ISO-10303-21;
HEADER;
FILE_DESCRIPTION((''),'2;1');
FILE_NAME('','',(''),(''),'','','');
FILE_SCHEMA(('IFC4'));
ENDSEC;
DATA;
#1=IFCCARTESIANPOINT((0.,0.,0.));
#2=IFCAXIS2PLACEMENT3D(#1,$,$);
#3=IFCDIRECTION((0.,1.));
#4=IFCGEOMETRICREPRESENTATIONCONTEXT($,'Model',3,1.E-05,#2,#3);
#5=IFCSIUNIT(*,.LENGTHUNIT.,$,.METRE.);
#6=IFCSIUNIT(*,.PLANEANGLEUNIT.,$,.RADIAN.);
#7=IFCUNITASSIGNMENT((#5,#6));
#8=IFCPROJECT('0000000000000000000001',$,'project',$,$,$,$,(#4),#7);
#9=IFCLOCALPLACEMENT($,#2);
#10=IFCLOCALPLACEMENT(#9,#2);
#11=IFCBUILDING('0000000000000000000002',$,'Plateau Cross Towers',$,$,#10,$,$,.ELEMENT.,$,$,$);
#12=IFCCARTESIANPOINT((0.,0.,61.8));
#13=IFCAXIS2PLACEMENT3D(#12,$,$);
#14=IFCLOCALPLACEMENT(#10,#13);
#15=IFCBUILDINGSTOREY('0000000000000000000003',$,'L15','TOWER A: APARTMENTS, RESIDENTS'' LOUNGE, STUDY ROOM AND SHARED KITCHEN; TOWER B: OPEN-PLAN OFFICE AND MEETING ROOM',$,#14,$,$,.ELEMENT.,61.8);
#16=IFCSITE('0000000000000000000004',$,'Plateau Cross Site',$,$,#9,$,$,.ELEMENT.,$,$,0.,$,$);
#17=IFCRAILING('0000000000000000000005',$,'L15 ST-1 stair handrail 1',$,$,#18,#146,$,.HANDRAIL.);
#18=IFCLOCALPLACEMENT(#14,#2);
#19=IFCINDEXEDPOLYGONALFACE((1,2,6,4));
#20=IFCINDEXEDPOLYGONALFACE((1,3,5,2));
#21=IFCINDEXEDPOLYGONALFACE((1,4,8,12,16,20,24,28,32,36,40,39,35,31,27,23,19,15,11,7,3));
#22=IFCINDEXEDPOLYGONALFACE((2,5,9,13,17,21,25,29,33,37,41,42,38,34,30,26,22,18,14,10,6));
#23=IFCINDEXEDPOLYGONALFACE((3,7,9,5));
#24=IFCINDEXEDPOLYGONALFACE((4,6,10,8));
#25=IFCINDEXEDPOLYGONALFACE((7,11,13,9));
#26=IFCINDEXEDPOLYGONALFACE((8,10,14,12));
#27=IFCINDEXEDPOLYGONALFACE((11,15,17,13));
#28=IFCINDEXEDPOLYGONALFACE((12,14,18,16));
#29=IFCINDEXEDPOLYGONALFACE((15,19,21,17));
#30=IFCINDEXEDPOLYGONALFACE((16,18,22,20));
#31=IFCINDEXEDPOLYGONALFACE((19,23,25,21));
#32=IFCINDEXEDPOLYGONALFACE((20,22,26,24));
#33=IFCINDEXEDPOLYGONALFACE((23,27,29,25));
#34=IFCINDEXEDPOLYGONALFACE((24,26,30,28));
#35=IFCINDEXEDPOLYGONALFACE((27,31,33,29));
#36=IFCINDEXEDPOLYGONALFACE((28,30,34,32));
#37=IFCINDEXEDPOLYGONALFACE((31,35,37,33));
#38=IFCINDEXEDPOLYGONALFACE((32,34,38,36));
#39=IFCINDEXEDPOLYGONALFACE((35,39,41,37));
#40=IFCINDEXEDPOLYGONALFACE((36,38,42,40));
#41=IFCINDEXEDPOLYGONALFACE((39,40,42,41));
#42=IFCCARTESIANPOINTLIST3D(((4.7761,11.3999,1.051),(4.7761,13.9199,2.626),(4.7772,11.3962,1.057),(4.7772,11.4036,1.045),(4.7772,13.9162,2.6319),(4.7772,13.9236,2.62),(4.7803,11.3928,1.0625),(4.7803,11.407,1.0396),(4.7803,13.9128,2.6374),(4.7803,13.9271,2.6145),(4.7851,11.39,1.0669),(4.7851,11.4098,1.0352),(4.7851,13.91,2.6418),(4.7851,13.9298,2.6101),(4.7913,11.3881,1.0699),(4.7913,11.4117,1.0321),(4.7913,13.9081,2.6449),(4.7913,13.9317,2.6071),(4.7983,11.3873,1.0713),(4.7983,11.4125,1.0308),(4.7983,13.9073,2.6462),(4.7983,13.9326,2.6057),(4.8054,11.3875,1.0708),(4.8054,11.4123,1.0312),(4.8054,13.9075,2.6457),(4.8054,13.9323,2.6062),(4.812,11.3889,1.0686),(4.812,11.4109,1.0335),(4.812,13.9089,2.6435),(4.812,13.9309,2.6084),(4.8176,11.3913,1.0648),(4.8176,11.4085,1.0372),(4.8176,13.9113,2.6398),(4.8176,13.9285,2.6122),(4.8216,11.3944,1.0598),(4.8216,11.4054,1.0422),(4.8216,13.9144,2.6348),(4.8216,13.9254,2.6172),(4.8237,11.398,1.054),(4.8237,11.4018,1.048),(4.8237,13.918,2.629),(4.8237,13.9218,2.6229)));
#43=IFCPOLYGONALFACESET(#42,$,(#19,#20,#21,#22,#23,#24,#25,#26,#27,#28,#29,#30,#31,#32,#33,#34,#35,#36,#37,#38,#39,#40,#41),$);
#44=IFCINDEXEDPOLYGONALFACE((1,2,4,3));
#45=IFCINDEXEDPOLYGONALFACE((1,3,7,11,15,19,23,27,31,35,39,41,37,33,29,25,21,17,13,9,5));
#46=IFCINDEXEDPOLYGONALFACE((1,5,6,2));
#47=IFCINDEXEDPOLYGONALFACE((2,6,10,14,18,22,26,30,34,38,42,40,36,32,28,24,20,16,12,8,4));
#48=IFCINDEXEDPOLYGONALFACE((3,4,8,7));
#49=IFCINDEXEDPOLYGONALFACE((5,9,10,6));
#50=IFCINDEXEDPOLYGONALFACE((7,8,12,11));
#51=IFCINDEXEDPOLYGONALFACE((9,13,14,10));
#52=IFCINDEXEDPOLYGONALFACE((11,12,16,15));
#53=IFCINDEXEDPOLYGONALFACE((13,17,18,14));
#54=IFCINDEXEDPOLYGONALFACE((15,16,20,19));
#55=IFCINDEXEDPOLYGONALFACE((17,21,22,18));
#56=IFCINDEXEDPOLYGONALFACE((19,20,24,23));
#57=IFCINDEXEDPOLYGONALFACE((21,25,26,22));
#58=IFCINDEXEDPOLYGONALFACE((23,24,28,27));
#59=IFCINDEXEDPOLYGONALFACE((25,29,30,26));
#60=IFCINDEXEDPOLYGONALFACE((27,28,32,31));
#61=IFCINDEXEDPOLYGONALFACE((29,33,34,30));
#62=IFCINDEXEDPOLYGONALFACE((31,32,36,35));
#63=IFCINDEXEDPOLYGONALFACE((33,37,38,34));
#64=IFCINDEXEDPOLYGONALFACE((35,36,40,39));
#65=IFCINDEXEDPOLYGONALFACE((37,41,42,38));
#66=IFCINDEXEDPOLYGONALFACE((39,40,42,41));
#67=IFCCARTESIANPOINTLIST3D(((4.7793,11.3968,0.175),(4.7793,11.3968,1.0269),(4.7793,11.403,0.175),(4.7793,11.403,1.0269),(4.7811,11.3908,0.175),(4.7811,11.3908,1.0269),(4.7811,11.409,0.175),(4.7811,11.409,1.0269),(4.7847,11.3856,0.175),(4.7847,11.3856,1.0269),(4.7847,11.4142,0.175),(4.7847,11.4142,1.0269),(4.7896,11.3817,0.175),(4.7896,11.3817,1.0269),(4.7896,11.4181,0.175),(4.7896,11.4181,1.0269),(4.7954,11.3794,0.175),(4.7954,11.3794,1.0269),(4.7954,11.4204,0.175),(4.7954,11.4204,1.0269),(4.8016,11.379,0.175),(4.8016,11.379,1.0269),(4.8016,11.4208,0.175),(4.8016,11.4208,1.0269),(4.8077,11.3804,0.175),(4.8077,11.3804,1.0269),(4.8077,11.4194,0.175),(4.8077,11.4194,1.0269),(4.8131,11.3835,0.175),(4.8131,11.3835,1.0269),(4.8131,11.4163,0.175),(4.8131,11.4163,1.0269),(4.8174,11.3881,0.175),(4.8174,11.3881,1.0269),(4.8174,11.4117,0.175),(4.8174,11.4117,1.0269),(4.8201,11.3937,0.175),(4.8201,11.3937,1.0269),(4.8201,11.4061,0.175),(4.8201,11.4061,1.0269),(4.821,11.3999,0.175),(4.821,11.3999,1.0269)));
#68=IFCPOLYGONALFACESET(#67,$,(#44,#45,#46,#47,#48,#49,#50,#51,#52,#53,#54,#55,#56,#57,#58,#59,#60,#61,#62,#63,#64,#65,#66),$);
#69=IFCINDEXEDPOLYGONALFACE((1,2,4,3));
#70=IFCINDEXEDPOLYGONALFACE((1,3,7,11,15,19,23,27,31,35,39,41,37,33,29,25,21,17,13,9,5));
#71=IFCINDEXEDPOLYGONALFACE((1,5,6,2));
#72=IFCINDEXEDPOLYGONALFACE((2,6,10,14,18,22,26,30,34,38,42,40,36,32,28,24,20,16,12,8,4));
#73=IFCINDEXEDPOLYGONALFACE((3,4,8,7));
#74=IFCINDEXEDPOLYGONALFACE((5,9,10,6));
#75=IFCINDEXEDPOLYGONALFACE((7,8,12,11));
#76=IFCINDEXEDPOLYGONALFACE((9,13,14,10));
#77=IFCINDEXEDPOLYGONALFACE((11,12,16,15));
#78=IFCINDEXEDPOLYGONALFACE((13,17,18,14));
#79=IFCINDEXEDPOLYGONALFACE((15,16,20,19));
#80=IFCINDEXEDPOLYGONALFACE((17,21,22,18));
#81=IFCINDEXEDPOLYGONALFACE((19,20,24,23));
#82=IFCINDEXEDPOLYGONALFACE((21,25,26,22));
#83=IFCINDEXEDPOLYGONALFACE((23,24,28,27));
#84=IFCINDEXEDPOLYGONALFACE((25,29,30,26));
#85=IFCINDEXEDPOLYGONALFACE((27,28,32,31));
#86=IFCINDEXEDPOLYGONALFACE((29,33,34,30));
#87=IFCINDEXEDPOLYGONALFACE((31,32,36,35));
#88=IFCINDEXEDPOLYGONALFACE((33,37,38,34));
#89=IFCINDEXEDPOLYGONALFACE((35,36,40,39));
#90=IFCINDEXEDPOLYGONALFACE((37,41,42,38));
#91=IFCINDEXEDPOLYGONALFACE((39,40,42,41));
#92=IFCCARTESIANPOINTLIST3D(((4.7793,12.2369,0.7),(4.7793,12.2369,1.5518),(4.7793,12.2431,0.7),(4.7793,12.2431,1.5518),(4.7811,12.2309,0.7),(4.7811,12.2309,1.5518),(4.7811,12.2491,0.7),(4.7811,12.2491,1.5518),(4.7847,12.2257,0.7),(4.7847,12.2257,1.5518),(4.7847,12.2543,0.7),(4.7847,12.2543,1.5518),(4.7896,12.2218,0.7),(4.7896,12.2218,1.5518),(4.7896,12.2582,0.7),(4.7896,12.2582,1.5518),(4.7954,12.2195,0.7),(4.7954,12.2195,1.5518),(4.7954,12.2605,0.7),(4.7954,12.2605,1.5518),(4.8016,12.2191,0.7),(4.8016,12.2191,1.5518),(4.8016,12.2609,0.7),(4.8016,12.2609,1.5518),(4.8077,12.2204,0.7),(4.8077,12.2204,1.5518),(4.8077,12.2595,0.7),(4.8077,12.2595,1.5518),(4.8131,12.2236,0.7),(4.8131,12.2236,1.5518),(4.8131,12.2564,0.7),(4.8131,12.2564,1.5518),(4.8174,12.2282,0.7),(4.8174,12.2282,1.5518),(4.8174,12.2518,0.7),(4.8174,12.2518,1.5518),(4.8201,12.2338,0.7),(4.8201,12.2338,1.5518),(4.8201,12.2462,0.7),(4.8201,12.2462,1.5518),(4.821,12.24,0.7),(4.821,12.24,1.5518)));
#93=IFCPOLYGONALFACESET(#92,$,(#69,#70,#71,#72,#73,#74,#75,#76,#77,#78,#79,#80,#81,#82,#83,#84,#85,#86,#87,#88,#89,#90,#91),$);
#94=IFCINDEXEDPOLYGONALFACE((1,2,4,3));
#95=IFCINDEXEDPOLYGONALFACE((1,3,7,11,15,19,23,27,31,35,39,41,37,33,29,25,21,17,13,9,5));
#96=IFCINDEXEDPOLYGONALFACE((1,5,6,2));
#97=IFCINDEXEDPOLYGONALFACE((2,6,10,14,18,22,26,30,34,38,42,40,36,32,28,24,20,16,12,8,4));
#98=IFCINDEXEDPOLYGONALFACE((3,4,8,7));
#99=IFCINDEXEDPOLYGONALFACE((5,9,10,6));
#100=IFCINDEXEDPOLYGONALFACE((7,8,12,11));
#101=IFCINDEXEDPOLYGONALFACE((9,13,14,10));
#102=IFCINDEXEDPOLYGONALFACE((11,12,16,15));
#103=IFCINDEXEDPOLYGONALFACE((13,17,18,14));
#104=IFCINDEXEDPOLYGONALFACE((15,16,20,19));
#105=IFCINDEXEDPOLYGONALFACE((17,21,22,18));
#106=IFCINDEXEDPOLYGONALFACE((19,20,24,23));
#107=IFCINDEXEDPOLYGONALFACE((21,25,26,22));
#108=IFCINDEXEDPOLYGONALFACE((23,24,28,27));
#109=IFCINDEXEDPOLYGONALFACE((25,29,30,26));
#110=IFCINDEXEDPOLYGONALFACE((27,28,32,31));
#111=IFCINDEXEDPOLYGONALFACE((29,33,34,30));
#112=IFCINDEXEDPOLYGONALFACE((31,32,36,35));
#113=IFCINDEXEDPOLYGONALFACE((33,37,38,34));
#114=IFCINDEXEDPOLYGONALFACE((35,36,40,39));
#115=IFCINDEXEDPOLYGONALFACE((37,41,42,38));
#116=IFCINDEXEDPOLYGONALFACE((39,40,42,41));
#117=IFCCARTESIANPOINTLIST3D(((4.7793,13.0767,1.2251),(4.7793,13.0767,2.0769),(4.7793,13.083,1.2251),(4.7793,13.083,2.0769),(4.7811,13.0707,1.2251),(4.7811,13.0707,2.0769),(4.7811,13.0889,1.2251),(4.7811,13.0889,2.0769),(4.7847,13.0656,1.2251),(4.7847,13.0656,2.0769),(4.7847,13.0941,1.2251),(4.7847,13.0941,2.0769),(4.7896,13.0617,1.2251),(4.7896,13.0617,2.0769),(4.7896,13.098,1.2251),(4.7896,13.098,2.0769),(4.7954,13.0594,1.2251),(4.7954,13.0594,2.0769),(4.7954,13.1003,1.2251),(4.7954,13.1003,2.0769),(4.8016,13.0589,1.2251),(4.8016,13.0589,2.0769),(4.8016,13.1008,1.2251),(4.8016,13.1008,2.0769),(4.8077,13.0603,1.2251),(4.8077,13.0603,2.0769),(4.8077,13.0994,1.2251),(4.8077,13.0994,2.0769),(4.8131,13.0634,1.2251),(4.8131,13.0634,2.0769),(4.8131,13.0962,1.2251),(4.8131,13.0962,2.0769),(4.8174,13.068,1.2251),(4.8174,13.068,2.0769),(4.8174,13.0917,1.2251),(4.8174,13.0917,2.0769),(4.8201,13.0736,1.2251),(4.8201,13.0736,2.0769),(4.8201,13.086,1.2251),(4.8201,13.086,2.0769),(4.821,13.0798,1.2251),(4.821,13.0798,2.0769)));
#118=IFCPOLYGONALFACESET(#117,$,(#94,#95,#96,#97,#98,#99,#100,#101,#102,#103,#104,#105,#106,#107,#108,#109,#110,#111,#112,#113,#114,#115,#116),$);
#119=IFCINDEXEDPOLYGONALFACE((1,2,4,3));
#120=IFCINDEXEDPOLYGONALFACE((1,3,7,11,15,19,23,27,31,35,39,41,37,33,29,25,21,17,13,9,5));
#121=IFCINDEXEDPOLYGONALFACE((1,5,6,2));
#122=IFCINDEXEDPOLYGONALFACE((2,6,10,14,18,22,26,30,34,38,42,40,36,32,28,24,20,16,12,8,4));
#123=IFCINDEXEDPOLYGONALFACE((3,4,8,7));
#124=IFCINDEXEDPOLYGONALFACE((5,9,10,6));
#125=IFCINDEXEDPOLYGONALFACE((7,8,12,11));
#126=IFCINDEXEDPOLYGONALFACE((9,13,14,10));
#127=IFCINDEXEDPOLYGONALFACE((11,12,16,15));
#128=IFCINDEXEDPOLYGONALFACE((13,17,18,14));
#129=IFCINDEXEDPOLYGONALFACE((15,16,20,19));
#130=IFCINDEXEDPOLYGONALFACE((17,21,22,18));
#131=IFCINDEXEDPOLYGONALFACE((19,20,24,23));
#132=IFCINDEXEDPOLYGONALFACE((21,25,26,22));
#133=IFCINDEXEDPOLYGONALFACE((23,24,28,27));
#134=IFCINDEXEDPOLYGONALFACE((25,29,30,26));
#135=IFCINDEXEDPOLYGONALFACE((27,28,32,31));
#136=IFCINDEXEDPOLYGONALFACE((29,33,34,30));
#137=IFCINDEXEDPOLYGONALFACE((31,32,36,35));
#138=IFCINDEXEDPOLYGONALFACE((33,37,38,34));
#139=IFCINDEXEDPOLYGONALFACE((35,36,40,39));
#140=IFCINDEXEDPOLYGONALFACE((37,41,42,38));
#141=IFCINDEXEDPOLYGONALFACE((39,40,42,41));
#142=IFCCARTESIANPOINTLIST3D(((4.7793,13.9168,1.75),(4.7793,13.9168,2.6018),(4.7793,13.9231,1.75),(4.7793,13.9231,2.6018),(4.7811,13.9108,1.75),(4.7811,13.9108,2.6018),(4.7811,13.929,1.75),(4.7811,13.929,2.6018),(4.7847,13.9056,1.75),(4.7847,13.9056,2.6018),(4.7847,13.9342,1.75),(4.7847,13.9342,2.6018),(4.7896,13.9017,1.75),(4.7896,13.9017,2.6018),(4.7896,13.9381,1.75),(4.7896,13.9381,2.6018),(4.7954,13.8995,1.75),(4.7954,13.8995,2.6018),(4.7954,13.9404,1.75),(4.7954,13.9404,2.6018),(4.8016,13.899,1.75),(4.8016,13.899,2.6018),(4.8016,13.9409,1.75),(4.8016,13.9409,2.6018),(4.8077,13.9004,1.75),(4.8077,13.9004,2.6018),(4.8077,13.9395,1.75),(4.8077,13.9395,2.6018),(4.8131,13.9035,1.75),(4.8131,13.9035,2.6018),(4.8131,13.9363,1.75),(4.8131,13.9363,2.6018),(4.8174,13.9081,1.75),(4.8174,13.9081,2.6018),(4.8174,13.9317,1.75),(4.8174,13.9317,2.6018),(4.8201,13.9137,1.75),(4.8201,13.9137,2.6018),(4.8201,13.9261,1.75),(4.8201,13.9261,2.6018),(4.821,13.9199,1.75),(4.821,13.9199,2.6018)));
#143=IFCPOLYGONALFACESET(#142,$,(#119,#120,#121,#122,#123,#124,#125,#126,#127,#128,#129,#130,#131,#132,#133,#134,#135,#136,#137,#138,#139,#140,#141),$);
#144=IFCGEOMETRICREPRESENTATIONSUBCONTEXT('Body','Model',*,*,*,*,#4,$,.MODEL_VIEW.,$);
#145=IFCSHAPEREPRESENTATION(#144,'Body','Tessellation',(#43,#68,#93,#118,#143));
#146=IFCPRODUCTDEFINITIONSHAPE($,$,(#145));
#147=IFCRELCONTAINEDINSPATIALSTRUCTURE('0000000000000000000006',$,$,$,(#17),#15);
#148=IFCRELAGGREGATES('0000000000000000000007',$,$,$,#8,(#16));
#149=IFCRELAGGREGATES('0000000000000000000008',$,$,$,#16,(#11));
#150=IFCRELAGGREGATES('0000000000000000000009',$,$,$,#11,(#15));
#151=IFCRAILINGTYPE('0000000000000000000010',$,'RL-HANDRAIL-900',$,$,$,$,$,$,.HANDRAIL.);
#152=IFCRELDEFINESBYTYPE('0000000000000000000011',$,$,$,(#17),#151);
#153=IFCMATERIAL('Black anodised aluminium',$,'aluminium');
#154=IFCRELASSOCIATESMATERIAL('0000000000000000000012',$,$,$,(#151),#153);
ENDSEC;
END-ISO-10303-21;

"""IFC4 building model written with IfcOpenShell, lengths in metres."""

from ifc_helpers import new_model, si_unit, direction, frame, origin, origin_2d, place, context, subcontext, project, spatial, circle, extrude, material, type_object, element, save


model = new_model("IFC4")

# Units and contexts
model_context = context("Model", 3, precision=1e-05, world=origin(), true_north=direction((0.0, 1.0)))
body_context = subcontext(model_context, "Body", "Model", "MODEL_VIEW")
ifc_project = project(units=[si_unit("LENGTHUNIT", "METRE"), si_unit("PLANEANGLEUNIT", "RADIAN")], contexts=[model_context])

# Site, building, storey
site_placement = place(None, origin())
site = spatial("IfcSite", under=ifc_project, at=site_placement, Name="Plateau Cross Site", CompositionType="ELEMENT", RefElevation=0.0)
building_placement = place(site_placement, origin())
building = spatial("IfcBuilding", under=site, at=building_placement, Name="Plateau Cross Towers", CompositionType="ELEMENT")
storey_placement = place(building_placement, frame((0.0, 0.0, 61.8)))
storey = spatial("IfcBuildingStorey", under=building, at=storey_placement, Name="L15", Description="TOWER A: APARTMENTS, RESIDENTS' LOUNGE, STUDY ROOM AND SHARED KITCHEN; TOWER B: OPEN-PLAN OFFICE AND MEETING ROOM", CompositionType="ELEMENT", Elevation=61.8)

# Shared definitions
ifc_material_1 = material(Name="Black anodised aluminium", Category="aluminium")

# Railing
railing_type_1 = type_object("IfcRailingType", Name="RL-HANDRAIL-900", PredefinedType="HANDRAIL", material=ifc_material_1)
railing_1_placement = place(storey_placement, frame((4.8, 11.3999, 0.175)))
element("IfcRailing", 1, at=railing_1_placement, inside=storey, type_object=railing_type_1, Name="L15 ST-1 stair handrail 1", PredefinedType="HANDRAIL", context=body_context, shape_type="SweptSolid", body=[
    extrude(circle(Radius=0.0239, at=origin_2d()), frame((0.0, 0.0, 0.876), z_axis=(0.0, 0.848008, 0.529984), x_axis=(-1.0, 0.0, 0.0)), (0.0, 0.0, 1.0), 2.9717),
    extrude(circle(Radius=0.021, at=origin_2d()), origin(), (0.0, 0.0, 1.0), 0.8518),
    extrude(circle(Radius=0.021, at=origin_2d()), frame((0.0, 0.8401, 0.5249)), (0.0, 0.0, 1.0), 0.8518),
    extrude(circle(Radius=0.021, at=origin_2d()), frame((0.0, 1.6799, 1.05)), (0.0, 0.0, 1.0), 0.8518),
    extrude(circle(Radius=0.021, at=origin_2d()), frame((0.0, 2.52, 1.575)), (0.0, 0.0, 1.0), 0.8518),
])

save(model, "model.ifc")
